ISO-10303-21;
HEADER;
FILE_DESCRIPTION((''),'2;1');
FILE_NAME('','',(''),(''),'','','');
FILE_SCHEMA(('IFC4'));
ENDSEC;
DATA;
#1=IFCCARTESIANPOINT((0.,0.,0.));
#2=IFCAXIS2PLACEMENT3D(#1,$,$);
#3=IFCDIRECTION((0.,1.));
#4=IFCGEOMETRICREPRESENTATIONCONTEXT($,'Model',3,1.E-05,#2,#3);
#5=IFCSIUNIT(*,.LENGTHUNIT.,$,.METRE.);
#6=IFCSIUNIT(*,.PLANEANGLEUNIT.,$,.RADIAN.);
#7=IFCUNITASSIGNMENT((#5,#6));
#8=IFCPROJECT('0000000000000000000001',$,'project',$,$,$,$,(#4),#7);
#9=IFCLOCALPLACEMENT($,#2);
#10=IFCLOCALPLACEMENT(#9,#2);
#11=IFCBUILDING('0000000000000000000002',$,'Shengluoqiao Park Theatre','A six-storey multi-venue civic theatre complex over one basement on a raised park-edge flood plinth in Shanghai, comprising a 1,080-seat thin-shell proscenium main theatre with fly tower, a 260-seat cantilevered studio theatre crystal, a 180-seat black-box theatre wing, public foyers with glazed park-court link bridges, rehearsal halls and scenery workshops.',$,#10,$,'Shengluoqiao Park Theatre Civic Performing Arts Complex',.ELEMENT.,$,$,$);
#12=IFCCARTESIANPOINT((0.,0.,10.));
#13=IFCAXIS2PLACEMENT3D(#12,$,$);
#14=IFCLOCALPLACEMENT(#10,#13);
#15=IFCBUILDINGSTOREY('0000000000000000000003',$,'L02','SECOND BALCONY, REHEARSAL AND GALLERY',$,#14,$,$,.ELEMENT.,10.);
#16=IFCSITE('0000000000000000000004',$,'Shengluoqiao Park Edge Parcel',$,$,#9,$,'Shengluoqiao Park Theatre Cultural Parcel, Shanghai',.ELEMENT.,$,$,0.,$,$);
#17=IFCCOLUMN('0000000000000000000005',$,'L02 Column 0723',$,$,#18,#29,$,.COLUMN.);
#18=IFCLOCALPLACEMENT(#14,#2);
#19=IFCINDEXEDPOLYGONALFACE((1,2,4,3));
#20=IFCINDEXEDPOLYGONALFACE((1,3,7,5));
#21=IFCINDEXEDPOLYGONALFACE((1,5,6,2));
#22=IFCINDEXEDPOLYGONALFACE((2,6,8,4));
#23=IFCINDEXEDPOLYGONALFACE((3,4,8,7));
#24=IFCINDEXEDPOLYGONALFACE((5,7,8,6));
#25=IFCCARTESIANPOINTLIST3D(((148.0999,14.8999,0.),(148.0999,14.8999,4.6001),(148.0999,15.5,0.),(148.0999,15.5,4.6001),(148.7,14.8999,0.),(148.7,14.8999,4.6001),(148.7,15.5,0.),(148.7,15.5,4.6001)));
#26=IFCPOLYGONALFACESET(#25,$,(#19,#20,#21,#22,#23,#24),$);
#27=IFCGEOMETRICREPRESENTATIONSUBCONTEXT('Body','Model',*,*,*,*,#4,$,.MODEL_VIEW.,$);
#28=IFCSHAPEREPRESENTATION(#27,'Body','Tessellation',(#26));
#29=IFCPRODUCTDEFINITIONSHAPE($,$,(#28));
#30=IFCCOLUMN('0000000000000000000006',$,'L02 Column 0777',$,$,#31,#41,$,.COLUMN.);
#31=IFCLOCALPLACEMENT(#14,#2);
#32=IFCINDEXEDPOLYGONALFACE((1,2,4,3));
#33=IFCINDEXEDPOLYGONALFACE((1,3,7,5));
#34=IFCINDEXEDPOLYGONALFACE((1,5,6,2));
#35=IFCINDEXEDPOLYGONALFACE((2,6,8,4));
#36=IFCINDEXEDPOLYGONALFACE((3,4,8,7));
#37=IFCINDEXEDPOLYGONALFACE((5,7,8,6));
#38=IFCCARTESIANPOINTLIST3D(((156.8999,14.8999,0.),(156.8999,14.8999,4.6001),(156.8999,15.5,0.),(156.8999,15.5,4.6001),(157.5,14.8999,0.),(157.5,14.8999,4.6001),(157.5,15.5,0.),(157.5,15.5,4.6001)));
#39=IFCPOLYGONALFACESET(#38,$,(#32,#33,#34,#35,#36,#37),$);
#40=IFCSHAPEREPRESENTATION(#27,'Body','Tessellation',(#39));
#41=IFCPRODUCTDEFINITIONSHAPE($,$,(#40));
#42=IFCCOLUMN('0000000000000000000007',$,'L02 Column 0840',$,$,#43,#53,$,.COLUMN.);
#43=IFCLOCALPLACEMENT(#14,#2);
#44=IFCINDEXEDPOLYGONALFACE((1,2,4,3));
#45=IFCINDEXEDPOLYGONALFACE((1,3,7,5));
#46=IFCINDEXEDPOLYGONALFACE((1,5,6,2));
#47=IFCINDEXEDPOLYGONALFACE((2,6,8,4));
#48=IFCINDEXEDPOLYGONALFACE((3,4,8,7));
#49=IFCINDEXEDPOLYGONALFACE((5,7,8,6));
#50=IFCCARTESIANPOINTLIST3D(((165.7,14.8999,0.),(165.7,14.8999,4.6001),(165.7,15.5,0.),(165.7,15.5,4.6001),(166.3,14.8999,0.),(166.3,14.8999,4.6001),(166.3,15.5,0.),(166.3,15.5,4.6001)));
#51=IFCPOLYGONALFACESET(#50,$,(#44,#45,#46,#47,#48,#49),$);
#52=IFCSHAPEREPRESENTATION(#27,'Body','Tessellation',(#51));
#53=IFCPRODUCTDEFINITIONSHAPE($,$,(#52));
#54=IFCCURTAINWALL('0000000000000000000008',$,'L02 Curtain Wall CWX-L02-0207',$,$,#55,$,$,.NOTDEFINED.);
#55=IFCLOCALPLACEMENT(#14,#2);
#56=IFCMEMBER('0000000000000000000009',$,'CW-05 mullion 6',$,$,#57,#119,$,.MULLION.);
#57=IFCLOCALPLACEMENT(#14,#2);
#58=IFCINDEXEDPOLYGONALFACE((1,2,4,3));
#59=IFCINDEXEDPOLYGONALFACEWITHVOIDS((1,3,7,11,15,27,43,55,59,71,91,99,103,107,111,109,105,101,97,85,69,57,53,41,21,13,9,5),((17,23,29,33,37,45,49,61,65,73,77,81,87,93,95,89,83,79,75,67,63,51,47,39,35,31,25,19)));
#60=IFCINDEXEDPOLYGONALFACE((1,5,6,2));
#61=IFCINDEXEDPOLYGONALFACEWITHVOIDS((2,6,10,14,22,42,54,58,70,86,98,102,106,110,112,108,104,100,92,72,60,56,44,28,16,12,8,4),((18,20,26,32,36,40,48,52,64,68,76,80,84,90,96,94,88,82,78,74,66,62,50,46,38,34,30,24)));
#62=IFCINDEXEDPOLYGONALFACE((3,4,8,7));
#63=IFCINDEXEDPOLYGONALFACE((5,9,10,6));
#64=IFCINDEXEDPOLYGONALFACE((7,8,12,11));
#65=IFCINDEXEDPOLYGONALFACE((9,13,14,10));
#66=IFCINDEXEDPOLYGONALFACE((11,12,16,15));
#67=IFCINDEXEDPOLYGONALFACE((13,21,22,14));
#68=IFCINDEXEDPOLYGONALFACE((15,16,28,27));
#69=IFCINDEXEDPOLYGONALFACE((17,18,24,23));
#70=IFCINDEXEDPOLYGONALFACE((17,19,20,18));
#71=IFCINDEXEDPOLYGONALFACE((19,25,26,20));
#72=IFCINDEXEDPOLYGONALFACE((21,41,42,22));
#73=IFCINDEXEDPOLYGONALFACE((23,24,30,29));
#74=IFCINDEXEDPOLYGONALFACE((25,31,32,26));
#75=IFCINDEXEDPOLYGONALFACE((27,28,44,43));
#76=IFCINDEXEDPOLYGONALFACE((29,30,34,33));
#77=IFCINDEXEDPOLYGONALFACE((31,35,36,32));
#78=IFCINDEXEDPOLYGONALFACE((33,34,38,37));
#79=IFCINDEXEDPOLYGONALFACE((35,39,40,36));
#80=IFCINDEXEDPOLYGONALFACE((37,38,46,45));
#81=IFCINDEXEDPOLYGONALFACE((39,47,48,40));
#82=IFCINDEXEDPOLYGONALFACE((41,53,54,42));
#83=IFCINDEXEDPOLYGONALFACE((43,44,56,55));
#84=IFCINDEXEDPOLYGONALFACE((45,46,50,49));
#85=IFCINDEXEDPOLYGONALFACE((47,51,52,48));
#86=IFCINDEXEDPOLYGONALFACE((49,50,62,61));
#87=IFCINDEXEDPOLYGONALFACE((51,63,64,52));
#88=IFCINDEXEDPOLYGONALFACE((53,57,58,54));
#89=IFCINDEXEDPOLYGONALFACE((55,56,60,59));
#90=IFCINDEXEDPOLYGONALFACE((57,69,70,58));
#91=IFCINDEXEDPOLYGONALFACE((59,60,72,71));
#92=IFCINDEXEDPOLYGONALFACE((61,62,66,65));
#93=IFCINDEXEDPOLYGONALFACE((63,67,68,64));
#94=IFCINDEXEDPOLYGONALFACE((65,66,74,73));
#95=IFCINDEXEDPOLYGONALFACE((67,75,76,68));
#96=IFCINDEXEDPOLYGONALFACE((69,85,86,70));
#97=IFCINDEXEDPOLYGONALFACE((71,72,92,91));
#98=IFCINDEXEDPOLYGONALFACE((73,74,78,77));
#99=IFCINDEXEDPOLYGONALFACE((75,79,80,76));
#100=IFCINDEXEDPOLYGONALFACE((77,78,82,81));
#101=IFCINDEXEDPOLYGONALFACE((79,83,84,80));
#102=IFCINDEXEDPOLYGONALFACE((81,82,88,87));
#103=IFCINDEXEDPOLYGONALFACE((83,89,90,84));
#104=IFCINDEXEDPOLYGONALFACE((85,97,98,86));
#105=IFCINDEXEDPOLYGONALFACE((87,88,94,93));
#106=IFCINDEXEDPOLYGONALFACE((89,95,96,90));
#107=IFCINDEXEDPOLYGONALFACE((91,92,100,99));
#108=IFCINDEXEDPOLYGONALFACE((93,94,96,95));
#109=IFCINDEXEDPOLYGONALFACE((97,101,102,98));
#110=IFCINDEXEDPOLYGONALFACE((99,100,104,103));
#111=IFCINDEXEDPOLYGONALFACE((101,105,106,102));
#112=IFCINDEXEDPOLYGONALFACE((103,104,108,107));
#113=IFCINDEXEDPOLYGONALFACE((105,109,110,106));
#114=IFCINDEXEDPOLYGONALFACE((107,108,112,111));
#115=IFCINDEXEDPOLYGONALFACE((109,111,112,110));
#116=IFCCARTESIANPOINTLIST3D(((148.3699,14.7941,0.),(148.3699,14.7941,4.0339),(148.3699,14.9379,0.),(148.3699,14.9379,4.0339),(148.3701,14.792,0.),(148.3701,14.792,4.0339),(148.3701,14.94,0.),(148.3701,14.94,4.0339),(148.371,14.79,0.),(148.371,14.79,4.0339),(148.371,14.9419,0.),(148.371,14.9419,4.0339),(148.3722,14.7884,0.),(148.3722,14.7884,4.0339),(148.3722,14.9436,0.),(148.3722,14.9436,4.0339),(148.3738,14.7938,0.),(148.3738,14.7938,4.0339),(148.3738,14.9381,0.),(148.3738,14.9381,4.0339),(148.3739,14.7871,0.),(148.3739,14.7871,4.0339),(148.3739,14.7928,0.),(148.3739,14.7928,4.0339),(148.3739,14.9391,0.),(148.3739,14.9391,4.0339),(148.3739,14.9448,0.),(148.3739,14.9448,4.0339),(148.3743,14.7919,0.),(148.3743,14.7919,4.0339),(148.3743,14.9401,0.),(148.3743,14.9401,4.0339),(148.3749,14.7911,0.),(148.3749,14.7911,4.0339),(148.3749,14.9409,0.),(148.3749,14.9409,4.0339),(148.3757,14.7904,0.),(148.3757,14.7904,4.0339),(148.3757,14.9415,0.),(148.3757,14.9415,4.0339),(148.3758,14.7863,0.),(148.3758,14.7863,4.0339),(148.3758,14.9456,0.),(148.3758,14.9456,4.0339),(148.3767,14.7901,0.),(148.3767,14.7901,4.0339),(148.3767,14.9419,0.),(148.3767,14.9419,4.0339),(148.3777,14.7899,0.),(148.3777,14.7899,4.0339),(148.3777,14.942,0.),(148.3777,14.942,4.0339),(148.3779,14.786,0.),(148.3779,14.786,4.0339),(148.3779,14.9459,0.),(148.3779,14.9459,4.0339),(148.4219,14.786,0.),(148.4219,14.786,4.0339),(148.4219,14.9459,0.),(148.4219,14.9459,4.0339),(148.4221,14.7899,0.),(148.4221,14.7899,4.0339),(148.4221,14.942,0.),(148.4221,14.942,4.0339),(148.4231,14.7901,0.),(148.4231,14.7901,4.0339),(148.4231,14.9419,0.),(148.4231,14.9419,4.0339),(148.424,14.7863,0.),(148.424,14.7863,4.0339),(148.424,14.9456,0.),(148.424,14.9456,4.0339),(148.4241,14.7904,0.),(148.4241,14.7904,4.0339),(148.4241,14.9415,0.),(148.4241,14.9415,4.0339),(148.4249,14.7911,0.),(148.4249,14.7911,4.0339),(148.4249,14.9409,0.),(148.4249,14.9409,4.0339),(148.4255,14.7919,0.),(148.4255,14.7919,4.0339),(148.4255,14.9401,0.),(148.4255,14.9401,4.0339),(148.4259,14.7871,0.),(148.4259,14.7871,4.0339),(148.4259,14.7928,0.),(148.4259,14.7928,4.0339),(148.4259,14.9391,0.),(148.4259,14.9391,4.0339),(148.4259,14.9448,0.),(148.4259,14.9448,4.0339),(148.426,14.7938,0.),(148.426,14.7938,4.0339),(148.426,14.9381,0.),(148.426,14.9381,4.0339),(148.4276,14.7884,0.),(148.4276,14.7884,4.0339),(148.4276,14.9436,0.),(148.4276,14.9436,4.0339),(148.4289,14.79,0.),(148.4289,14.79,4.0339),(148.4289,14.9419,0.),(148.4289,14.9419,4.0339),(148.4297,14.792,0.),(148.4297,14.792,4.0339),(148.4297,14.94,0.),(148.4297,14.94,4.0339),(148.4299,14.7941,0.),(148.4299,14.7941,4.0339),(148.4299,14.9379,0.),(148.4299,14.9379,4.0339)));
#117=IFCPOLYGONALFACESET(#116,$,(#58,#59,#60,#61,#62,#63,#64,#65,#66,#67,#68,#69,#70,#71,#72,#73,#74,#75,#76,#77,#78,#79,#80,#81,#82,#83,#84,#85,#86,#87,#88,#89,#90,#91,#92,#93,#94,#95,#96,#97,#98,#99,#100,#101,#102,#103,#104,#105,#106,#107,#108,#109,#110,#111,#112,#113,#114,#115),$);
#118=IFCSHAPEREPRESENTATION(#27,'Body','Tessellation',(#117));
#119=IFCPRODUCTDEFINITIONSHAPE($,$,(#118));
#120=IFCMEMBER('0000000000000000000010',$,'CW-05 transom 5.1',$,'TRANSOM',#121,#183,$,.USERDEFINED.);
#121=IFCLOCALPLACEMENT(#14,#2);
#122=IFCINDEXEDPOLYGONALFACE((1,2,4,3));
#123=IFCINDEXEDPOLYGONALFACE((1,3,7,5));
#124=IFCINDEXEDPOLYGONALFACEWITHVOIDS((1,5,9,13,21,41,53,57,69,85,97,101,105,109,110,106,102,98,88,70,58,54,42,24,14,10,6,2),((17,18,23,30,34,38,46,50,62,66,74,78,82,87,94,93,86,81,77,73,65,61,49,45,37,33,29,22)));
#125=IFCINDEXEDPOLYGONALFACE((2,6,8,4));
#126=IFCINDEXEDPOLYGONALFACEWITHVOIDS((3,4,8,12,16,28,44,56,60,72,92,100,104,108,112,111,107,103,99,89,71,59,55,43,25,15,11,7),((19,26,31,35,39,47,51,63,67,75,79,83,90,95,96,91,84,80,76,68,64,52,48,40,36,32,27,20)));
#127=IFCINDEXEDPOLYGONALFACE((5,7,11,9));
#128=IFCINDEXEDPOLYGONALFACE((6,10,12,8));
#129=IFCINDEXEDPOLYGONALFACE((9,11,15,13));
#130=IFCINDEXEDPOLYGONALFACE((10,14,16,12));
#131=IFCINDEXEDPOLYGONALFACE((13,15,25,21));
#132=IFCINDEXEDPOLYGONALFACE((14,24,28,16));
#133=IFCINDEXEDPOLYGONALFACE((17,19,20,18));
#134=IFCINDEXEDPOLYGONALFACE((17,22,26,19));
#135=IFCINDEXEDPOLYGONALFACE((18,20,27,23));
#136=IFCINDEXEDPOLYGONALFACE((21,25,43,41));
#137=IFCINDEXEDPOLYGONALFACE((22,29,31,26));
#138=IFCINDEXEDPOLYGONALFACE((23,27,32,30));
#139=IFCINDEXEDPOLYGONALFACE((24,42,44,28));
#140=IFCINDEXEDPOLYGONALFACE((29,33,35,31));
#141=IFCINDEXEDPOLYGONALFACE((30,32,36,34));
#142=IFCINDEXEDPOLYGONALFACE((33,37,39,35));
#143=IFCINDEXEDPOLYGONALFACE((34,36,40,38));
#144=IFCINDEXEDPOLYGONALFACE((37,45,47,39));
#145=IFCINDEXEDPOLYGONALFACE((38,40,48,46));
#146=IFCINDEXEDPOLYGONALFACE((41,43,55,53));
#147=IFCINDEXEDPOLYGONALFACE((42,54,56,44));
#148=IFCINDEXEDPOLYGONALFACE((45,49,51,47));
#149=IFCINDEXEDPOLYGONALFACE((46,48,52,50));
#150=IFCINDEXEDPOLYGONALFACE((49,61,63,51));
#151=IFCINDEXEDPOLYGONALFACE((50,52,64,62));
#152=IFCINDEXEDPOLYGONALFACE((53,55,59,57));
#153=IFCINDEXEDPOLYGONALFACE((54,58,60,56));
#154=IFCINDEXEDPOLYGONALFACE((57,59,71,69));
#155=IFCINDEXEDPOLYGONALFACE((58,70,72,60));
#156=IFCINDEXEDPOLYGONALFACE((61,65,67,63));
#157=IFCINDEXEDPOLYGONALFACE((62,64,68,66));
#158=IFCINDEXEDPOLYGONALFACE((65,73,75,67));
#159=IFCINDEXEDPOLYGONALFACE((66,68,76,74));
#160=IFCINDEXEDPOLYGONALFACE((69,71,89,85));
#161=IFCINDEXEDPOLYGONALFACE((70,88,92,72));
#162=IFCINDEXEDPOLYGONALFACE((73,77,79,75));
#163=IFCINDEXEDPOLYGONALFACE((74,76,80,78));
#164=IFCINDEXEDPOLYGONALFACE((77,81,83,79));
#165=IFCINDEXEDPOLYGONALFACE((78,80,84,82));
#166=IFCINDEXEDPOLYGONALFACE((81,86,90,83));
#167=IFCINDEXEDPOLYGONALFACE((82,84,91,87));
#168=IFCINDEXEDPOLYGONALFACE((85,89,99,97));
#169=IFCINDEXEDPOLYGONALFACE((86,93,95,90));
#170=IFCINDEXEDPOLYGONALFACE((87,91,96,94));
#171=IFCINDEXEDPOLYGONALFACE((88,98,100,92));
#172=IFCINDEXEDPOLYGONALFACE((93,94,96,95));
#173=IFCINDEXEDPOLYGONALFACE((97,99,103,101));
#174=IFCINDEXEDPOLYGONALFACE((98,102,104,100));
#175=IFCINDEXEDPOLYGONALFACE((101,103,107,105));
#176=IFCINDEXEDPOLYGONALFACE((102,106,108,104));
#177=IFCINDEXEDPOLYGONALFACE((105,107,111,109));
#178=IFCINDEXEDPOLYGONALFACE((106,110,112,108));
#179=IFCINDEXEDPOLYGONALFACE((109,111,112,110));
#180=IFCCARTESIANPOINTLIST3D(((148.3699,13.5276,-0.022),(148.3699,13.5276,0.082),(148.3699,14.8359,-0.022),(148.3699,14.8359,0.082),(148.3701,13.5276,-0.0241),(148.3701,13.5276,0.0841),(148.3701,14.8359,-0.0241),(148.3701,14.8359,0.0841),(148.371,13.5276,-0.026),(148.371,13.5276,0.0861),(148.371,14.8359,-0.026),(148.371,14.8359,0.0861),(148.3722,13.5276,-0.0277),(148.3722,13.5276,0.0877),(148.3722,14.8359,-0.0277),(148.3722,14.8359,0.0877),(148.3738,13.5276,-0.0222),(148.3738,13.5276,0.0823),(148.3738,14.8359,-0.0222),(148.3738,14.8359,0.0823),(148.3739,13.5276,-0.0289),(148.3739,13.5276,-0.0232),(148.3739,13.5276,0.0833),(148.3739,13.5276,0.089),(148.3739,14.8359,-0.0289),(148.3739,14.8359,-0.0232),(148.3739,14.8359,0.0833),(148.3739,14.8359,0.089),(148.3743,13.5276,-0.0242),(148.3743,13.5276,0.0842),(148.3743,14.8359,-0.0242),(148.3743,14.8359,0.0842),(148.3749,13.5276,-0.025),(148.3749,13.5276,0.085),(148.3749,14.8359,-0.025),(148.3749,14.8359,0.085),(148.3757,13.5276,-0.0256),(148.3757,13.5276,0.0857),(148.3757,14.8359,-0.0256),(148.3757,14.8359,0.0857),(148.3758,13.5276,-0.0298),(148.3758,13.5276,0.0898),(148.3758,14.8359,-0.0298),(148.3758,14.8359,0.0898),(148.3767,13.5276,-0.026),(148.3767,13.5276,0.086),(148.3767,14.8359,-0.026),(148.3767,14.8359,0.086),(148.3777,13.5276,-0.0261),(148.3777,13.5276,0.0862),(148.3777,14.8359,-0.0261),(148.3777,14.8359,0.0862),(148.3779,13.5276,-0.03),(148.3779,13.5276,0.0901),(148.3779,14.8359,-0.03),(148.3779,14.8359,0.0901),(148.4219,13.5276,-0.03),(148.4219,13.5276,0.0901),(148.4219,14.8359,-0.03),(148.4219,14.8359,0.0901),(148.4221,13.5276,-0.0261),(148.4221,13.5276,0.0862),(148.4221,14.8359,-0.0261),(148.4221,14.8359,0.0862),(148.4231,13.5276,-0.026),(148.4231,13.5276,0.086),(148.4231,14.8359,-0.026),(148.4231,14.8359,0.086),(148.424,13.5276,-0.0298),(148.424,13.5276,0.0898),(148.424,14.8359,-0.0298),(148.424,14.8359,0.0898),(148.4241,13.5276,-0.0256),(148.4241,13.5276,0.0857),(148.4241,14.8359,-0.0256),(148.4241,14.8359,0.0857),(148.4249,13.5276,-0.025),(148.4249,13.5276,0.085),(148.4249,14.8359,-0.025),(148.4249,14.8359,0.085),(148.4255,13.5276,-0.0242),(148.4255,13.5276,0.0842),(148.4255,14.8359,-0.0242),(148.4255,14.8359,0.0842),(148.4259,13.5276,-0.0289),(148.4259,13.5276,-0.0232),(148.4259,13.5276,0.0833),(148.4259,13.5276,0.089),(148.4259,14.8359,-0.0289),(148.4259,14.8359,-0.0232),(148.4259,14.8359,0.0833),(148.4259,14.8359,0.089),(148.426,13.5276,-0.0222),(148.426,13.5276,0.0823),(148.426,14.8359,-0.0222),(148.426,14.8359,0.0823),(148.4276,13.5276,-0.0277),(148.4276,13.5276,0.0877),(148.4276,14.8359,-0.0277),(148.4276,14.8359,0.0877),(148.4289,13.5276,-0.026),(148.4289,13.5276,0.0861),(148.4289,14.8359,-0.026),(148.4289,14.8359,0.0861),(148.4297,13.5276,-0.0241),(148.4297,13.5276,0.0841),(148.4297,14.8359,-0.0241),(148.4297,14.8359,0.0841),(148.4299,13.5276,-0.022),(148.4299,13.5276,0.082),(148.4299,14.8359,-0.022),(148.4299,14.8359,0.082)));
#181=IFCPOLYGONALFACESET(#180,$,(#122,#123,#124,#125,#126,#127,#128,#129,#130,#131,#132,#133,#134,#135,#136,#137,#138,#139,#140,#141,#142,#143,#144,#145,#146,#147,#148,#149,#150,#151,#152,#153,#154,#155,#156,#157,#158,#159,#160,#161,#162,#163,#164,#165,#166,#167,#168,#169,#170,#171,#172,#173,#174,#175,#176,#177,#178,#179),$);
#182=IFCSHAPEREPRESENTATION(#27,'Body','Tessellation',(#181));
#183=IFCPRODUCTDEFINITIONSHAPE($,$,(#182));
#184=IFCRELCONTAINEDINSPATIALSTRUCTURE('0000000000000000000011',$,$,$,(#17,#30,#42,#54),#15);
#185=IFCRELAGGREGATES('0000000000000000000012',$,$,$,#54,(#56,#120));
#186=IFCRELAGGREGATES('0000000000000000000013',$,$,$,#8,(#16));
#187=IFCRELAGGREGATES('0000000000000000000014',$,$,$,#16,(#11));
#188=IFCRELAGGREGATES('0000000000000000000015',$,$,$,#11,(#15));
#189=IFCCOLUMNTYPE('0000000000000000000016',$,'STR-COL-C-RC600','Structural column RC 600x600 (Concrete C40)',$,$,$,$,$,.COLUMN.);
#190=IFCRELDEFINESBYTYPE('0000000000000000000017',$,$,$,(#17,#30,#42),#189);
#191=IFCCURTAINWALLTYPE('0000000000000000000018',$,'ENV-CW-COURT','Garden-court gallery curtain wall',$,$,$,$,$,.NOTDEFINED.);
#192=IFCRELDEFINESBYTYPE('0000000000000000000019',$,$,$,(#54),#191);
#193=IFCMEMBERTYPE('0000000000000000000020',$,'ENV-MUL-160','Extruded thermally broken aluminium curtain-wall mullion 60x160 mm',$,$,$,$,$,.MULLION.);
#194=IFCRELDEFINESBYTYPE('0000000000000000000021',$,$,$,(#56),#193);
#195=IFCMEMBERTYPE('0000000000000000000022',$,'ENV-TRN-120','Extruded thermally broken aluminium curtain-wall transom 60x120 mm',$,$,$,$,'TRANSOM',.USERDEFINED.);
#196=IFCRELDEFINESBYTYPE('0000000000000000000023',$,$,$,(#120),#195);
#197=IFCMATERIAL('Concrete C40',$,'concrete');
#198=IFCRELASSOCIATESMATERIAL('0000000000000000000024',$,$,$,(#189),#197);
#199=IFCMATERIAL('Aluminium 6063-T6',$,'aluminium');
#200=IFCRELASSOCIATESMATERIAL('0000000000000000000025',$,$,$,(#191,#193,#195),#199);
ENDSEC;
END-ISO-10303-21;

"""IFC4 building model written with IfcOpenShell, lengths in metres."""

from ifc_helpers import new_model, si_unit, direction, frame, origin, origin_2d, place, context, subcontext, project, spatial, rectangle, hollow_rectangle, extrude, material, material_profile, profile_set, type_object, element, aggregate, save


model = new_model("IFC4")

# Units and contexts
model_context = context("Model", 3, precision=1e-05, world=origin(), true_north=direction((0.0, 1.0)))
body_context = subcontext(model_context, "Body", "Model", "MODEL_VIEW")
ifc_project = project(units=[si_unit("LENGTHUNIT", "METRE"), si_unit("PLANEANGLEUNIT", "RADIAN")], contexts=[model_context])

# Site, building, storey
site_placement = place(None, origin())
site = spatial("IfcSite", under=ifc_project, at=site_placement, Name="Shengluoqiao Park Edge Parcel", LongName="Shengluoqiao Park Theatre Cultural Parcel, Shanghai", CompositionType="ELEMENT", RefElevation=0.0)
building_placement = place(site_placement, origin())
building = spatial("IfcBuilding", under=site, at=building_placement, Name="Shengluoqiao Park Theatre", Description="A six-storey multi-venue civic theatre complex over one basement on a raised park-edge flood plinth in Shanghai, comprising a 1,080-seat thin-shell proscenium main theatre with fly tower, a 260-seat cantilevered studio theatre crystal, a 180-seat black-box theatre wing, public foyers with glazed park-court link bridges, rehearsal halls and scenery workshops.", LongName="Shengluoqiao Park Theatre Civic Performing Arts Complex", CompositionType="ELEMENT")
storey_placement = place(building_placement, frame((0.0, 0.0, 10.0)))
storey = spatial("IfcBuildingStorey", under=building, at=storey_placement, Name="L02", Description="SECOND BALCONY, REHEARSAL AND GALLERY", CompositionType="ELEMENT", Elevation=10.0)

# Columns
ifc_material_1 = material(Name="Concrete C40", Category="concrete")
ifc_material_profile_1 = material_profile(ifc_material_1, rectangle(XDim=0.6001, YDim=0.6001, at=origin_2d()), Name="RC 600x600")
ifc_profile_set_1 = profile_set([ifc_material_profile_1], Name="Concrete C40")
column_type = type_object("IfcColumnType", Name="STR-COL-C-RC600", Description="Structural column RC 600x600 (Concrete C40)", PredefinedType="COLUMN", material=ifc_profile_set_1)
for number, where, z_axis, x_axis, name in (
    (1, (148.3999, 15.2, 0.0), (0.0, 0.0, 1.0), (1.0, 0.0, 0.0), "L02 Column 0723"),
    (2, (157.2, 15.2, 0.0), (0.0, 0.0, 1.0), (1.0, 0.0, 0.0), "L02 Column 0777"),
    (3, (166.0, 15.2, 0.0), (0.0, 0.0, 1.0), (1.0, 0.0, 0.0), "L02 Column 0840"),
):
    element("IfcColumn", number, at=place(storey_placement, frame(where, z_axis=z_axis, x_axis=x_axis)), inside=storey, type_object=column_type, Name=name, PredefinedType="COLUMN", context=body_context, shape_type="SweptSolid", body=[
        extrude(rectangle(XDim=0.6001, YDim=0.6001, at=origin_2d()), origin(), (0.0, 0.0, 1.0), 4.6001),
    ])

# Curtain wall, members
ifc_material_2 = material(Name="Aluminium 6063-T6", Category="aluminium")
curtain_wall_type = type_object("IfcCurtainWallType", Name="ENV-CW-COURT", Description="Garden-court gallery curtain wall", PredefinedType="NOTDEFINED", material=ifc_material_2)
curtain_wall_placement = place(storey_placement, origin())
curtain_wall = element("IfcCurtainWall", 4, at=curtain_wall_placement, inside=storey, type_object=curtain_wall_type, Name="L02 Curtain Wall CWX-L02-0207", PredefinedType="NOTDEFINED")
ifc_material_profile_2 = material_profile(ifc_material_2, hollow_rectangle(XDim=0.0601, YDim=0.1599, WallThickness=0.0039, InnerFilletRadius=0.0039, OuterFilletRadius=0.0081, at=origin_2d()), Name="ALU MULLION 160x60x4")
ifc_profile_set_2 = profile_set([ifc_material_profile_2], Name="Aluminium 6063-T6")
member_type_1 = type_object("IfcMemberType", Name="ENV-MUL-160", Description="Extruded thermally broken aluminium curtain-wall mullion 60x160 mm", PredefinedType="MULLION", material=ifc_profile_set_2)
member_1_placement = place(storey_placement, frame((148.3999, 14.866, 0.0), z_axis=(0.0, 0.0, 1.0), x_axis=(-1.0, 0.0, 0.0)))
member_1 = element("IfcMember", 5, at=member_1_placement, type_object=member_type_1, Name="CW-05 mullion 6", PredefinedType="MULLION", context=body_context, shape_type="SweptSolid", body=[
    extrude(hollow_rectangle(XDim=0.0601, YDim=0.1599, WallThickness=0.0039, InnerFilletRadius=0.0039, OuterFilletRadius=0.0081, at=origin_2d()), origin(), (0.0, 0.0, 1.0), 4.0339),
])
ifc_material_profile_3 = material_profile(ifc_material_2, hollow_rectangle(XDim=0.0601, YDim=0.1201, WallThickness=0.0039, InnerFilletRadius=0.0039, OuterFilletRadius=0.0081, at=origin_2d()), Name="ALU TRANSOM 120x60x4")
ifc_profile_set_3 = profile_set([ifc_material_profile_3], Name="Aluminium 6063-T6")
member_type_2 = type_object("IfcMemberType", Name="ENV-TRN-120", Description="Extruded thermally broken aluminium curtain-wall transom 60x120 mm", ElementType="TRANSOM", PredefinedType="USERDEFINED", material=ifc_profile_set_3)
member_2_placement = place(storey_placement, frame((148.3999, 13.5276, 0.03), z_axis=(0.0, 1.0, 0.0), x_axis=(-1.0, 0.0, 0.0)))
member_2 = element("IfcMember", 6, at=member_2_placement, type_object=member_type_2, Name="CW-05 transom 5.1", ObjectType="TRANSOM", PredefinedType="USERDEFINED", context=body_context, shape_type="SweptSolid", body=[
    extrude(hollow_rectangle(XDim=0.0601, YDim=0.1201, WallThickness=0.0039, InnerFilletRadius=0.0039, OuterFilletRadius=0.0081, at=origin_2d()), origin(), (0.0, 0.0, 1.0), 1.3083),
])

aggregate(curtain_wall, [member_1, member_2])

save(model, "model.ifc")
